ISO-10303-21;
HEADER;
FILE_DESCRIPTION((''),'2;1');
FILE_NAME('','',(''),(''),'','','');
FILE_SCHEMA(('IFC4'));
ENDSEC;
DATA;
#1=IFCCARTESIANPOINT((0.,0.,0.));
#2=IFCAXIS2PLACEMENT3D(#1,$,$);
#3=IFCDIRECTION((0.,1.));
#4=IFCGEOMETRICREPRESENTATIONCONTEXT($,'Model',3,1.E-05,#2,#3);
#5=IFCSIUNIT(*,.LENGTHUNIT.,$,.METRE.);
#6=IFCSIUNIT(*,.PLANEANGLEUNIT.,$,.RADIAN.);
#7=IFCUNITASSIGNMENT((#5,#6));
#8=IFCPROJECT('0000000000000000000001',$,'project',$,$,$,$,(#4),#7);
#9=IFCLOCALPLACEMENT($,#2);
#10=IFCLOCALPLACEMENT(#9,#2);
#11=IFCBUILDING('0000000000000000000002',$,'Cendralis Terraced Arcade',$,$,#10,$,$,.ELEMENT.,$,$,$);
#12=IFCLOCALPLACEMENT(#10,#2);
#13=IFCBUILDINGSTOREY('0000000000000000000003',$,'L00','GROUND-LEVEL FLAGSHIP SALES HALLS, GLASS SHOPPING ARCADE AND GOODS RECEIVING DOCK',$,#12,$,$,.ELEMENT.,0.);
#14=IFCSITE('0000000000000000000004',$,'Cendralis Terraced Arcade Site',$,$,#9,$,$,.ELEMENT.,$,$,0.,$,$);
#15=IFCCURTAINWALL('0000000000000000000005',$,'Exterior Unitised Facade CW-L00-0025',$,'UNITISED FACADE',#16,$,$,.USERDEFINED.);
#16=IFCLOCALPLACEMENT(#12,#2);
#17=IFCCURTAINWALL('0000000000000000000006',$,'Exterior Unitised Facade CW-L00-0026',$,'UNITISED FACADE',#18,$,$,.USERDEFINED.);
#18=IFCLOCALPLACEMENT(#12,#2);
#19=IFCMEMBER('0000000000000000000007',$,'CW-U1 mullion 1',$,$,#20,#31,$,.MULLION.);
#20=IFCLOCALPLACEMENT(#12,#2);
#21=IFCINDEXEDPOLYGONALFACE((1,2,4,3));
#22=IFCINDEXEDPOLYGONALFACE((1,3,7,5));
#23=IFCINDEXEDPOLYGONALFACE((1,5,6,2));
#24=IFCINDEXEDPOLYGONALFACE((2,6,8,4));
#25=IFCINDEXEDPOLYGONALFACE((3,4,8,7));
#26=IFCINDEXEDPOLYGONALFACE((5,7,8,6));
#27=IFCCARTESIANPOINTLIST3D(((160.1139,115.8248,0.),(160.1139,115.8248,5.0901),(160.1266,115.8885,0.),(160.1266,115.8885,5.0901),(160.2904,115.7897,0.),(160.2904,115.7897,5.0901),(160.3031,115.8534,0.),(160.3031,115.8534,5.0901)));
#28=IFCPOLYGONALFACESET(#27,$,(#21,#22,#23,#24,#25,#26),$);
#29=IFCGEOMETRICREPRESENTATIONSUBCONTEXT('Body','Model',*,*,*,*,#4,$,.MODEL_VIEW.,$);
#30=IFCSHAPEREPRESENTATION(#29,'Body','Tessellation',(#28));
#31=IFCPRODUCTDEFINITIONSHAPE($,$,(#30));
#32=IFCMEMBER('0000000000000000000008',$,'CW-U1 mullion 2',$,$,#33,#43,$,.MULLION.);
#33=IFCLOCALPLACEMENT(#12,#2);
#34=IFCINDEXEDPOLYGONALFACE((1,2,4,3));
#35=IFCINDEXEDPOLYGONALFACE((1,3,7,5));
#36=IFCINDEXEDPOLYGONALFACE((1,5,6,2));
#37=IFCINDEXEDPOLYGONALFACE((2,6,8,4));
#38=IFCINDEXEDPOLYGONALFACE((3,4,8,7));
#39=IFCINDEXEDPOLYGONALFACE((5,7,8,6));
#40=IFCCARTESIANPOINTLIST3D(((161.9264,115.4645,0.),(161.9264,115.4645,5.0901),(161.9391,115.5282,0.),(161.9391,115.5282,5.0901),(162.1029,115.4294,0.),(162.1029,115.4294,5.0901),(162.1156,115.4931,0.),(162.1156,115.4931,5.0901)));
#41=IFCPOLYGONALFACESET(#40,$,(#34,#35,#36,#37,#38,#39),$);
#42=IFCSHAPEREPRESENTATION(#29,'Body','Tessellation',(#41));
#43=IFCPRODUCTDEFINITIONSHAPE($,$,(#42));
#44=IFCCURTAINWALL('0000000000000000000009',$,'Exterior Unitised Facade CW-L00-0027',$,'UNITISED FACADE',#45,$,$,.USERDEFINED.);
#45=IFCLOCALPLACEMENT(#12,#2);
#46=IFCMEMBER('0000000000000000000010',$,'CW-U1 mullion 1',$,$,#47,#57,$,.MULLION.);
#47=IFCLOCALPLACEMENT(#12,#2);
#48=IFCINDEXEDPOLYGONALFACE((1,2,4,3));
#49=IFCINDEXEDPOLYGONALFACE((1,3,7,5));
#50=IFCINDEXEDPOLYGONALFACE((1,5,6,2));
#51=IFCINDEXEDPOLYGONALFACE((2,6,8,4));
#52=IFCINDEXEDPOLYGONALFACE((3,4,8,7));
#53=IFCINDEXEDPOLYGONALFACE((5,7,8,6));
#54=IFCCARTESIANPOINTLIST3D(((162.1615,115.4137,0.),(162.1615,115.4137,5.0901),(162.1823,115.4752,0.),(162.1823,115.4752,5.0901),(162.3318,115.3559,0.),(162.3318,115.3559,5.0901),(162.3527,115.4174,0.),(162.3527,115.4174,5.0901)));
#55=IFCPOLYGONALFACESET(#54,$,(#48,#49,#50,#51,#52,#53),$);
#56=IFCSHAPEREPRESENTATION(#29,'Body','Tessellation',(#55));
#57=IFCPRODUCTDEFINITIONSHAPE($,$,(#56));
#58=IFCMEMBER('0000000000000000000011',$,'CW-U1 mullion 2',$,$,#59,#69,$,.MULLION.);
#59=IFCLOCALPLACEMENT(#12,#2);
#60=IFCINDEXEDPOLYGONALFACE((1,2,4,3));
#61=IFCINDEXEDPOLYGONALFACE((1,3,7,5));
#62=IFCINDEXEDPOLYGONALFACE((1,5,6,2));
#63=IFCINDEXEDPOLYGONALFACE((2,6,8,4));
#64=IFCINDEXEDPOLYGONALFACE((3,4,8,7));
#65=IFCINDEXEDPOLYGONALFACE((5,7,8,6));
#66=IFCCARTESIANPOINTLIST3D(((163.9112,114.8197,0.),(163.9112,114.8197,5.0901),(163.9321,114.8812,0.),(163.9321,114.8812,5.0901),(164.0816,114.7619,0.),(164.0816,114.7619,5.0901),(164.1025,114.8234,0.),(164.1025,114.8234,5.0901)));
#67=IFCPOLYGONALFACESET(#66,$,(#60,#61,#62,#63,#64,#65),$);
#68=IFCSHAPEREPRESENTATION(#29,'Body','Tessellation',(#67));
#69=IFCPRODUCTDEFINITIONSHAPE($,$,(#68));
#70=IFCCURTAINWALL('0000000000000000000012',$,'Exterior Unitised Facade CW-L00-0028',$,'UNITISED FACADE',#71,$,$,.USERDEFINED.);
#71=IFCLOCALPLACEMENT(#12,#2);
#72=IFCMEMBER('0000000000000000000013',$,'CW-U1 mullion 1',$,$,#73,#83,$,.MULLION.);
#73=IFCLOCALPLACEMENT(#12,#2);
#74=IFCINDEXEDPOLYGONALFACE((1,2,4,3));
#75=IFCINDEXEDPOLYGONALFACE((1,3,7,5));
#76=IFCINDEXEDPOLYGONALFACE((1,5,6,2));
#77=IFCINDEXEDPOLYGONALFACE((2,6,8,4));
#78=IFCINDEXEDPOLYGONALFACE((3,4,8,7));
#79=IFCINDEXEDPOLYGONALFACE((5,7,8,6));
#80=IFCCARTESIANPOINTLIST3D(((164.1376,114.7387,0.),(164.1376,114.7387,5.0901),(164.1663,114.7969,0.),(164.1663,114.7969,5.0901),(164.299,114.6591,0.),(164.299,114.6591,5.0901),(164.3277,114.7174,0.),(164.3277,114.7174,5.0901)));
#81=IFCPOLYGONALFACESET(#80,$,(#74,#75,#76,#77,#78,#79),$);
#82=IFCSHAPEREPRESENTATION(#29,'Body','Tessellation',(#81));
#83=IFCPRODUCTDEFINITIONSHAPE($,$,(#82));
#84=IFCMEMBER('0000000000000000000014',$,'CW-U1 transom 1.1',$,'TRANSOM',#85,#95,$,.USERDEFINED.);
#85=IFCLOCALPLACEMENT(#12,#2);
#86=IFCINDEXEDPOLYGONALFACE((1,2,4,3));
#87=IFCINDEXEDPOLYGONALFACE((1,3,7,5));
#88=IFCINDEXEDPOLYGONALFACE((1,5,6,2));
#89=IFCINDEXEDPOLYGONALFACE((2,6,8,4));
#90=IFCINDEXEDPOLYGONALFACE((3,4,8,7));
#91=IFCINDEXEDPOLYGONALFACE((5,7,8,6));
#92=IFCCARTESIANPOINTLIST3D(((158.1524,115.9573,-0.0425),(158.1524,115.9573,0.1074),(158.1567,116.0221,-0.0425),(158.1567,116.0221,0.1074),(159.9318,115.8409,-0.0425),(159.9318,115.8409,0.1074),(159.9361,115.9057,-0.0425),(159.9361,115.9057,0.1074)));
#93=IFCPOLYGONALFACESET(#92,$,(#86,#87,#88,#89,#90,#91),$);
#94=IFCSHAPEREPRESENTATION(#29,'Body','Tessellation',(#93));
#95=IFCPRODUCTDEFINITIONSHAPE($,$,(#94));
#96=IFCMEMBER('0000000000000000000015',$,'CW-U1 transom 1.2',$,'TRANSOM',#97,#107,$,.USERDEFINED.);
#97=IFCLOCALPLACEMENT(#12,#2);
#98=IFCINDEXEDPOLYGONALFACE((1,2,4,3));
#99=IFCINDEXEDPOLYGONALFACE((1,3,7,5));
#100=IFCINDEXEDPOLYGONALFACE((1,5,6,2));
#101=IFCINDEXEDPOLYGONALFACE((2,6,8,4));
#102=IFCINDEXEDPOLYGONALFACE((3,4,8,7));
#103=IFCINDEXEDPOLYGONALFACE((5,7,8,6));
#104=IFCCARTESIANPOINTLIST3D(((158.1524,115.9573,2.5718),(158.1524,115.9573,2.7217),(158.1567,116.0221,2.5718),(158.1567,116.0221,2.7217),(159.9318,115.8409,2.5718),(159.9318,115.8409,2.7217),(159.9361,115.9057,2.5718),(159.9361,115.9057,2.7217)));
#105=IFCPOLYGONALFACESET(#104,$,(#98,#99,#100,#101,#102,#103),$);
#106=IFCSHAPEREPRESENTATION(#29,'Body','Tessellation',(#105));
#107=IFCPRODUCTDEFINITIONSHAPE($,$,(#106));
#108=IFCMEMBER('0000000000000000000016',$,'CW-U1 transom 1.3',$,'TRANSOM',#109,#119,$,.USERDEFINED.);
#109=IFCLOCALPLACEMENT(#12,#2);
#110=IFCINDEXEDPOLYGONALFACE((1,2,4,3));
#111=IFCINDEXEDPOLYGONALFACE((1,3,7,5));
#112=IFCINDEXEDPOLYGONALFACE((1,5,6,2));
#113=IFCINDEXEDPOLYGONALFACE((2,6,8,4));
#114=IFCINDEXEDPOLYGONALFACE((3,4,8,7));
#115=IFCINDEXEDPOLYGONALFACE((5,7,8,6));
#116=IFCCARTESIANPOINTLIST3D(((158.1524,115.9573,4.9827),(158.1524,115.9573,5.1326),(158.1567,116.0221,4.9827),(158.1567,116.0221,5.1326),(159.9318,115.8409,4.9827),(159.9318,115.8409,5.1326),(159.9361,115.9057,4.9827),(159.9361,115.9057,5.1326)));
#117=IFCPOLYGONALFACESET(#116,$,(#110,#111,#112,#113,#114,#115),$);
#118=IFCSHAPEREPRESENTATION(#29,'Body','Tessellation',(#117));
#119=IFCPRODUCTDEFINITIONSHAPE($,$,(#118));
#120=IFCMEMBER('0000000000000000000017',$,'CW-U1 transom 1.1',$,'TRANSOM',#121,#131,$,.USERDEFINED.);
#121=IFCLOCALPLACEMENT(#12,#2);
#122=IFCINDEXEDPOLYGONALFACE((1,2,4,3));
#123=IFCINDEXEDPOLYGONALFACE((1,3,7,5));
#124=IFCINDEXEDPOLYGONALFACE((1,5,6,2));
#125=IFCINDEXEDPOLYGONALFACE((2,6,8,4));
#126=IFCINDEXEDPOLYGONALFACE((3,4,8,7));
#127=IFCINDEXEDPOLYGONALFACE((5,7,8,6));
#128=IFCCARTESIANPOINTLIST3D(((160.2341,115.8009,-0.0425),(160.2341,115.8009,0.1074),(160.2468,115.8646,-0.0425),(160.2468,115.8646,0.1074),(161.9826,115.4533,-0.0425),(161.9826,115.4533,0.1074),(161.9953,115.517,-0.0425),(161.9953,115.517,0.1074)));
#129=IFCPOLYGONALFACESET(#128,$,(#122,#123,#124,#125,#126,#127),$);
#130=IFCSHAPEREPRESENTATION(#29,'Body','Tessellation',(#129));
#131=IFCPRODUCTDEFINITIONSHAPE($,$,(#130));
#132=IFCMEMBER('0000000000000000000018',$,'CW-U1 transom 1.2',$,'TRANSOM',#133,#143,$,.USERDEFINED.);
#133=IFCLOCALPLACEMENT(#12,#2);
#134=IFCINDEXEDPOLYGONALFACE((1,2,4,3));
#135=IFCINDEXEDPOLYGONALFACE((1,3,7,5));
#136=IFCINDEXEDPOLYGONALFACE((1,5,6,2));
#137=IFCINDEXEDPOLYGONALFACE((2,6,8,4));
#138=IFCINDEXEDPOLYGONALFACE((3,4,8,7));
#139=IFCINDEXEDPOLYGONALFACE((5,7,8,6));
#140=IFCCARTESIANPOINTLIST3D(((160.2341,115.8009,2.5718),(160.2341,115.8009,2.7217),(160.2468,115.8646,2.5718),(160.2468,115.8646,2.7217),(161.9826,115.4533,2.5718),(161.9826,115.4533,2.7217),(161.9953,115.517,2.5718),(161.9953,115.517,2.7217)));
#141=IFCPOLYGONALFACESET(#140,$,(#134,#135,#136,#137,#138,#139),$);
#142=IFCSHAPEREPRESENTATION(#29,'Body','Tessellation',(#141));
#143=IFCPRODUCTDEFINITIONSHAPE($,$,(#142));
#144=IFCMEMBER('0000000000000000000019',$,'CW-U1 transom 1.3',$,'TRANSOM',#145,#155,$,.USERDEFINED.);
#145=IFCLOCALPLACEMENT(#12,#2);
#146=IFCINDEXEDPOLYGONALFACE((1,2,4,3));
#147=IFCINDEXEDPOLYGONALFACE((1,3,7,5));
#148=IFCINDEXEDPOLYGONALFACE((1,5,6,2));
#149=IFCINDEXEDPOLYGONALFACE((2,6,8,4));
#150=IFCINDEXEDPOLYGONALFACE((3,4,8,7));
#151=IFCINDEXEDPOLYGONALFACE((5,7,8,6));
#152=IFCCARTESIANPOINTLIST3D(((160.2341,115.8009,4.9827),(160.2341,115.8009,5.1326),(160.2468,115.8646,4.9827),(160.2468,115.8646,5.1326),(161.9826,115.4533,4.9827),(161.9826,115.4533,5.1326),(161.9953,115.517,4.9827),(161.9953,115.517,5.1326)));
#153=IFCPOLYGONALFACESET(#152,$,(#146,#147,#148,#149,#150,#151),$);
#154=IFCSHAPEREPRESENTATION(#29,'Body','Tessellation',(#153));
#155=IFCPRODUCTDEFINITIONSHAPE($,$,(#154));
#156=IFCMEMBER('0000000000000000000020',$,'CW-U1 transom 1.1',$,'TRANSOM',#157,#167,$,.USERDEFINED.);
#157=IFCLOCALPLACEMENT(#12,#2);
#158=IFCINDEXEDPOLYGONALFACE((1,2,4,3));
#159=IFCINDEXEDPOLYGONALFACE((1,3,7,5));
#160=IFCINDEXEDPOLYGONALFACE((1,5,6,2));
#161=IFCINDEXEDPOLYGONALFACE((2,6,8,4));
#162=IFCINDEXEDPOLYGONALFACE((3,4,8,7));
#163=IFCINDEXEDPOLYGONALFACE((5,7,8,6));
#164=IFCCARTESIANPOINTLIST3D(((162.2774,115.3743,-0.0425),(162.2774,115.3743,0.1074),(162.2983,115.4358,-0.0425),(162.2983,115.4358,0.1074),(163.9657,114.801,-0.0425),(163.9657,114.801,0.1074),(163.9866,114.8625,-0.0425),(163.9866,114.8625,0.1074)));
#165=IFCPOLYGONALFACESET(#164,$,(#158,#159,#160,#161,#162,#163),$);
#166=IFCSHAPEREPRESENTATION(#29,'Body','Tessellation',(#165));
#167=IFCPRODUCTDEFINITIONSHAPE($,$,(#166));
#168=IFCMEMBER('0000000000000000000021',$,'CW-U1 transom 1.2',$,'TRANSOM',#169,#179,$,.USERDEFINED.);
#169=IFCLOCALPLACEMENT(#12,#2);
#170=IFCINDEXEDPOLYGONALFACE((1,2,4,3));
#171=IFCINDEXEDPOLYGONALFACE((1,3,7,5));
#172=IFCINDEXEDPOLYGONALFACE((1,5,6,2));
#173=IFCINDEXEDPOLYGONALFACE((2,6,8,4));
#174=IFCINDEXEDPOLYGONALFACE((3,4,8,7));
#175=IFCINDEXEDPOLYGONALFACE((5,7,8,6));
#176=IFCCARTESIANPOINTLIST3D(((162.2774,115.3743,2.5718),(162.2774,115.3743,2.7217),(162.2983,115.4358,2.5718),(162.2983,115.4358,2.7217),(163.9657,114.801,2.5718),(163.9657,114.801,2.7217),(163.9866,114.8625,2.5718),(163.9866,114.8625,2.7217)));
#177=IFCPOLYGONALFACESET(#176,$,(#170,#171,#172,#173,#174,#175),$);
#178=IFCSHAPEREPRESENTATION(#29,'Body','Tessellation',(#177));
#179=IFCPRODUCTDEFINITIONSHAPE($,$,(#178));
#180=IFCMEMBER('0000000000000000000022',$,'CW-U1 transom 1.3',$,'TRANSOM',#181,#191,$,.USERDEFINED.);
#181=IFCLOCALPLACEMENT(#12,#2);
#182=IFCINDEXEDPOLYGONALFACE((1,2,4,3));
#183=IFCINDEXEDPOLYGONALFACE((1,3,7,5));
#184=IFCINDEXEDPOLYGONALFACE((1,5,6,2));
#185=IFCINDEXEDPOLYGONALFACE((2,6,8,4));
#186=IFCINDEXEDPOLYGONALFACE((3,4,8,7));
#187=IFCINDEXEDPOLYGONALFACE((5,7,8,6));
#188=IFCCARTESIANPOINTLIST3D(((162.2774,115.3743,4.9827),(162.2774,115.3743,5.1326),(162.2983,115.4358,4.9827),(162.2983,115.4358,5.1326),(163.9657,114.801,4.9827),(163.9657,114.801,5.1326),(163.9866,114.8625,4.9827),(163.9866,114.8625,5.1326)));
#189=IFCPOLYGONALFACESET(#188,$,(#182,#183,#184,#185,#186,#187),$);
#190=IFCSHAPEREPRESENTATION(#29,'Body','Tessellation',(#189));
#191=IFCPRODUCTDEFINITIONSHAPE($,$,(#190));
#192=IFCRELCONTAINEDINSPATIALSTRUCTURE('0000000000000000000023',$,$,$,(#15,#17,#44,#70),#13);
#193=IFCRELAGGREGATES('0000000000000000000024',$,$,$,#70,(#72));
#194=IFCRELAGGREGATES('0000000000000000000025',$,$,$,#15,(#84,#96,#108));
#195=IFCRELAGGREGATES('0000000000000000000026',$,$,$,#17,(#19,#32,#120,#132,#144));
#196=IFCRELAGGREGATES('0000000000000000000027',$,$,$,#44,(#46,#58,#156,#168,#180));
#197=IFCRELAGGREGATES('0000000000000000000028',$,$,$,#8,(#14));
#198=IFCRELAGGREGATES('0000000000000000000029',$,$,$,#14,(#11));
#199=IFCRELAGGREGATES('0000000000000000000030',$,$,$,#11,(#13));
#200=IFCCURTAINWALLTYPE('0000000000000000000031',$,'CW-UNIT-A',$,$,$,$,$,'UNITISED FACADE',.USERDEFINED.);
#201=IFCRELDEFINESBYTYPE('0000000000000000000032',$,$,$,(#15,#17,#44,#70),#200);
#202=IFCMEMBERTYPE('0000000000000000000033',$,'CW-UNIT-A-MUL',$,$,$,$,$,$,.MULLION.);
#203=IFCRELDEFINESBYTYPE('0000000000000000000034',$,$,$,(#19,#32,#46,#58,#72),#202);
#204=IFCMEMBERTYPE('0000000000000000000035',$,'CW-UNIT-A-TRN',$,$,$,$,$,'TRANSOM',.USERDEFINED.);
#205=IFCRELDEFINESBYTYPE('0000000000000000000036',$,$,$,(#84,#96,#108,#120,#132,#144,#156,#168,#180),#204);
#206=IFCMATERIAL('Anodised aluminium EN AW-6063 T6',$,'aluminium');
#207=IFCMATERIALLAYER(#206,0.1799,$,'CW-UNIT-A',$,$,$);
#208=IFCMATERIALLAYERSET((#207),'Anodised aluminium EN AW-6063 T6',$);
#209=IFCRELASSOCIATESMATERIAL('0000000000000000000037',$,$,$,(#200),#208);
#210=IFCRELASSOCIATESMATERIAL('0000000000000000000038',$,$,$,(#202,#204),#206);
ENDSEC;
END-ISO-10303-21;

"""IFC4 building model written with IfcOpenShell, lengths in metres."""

from ifc_helpers import new_model, si_unit, direction, frame, origin, origin_2d, place, context, subcontext, project, spatial, rectangle, extrude, material, layer, layer_set, material_profile, profile_set, type_object, element, aggregate, save


model = new_model("IFC4")

# Units and contexts
model_context = context("Model", 3, precision=1e-05, world=origin(), true_north=direction((0.0, 1.0)))
body_context = subcontext(model_context, "Body", "Model", "MODEL_VIEW")
ifc_project = project(units=[si_unit("LENGTHUNIT", "METRE"), si_unit("PLANEANGLEUNIT", "RADIAN")], contexts=[model_context])

# Site, building, storey
site_placement = place(None, origin())
site = spatial("IfcSite", under=ifc_project, at=site_placement, Name="Cendralis Terraced Arcade Site", CompositionType="ELEMENT", RefElevation=0.0)
building_placement = place(site_placement, origin())
building = spatial("IfcBuilding", under=site, at=building_placement, Name="Cendralis Terraced Arcade", CompositionType="ELEMENT")
storey_placement = place(building_placement, origin())
storey = spatial("IfcBuildingStorey", under=building, at=storey_placement, Name="L00", Description="GROUND-LEVEL FLAGSHIP SALES HALLS, GLASS SHOPPING ARCADE AND GOODS RECEIVING DOCK", CompositionType="ELEMENT", Elevation=0.0)

# Curtain walls, members
ifc_material_1 = material(Name="Anodised aluminium EN AW-6063 T6", Category="aluminium")
ifc_layer_1 = layer(ifc_material_1, 0.1799, Name="CW-UNIT-A")
ifc_layer_set_1 = layer_set([ifc_layer_1], Name="Anodised aluminium EN AW-6063 T6")
curtain_wall_type = type_object("IfcCurtainWallType", Name="CW-UNIT-A", ElementType="UNITISED FACADE", PredefinedType="USERDEFINED", material=ifc_layer_set_1)
curtain_wall_1_placement = place(storey_placement, origin())
curtain_wall_1 = element("IfcCurtainWall", 1, at=curtain_wall_1_placement, inside=storey, type_object=curtain_wall_type, Name="Exterior Unitised Facade CW-L00-0025", ObjectType="UNITISED FACADE", PredefinedType="USERDEFINED")
ifc_material_profile_1 = material_profile(ifc_material_1, rectangle(XDim=0.0649, YDim=0.1799, at=origin_2d()), Name="ALU-MUL-65x180")
ifc_profile_set_1 = profile_set([ifc_material_profile_1], Name="Anodised aluminium EN AW-6063 T6")
member_type_1 = type_object("IfcMemberType", Name="CW-UNIT-A-MUL", PredefinedType="MULLION", material=ifc_profile_set_1)
curtain_wall_2_placement = place(storey_placement, origin())
curtain_wall_2 = element("IfcCurtainWall", 2, at=curtain_wall_2_placement, inside=storey, type_object=curtain_wall_type, Name="Exterior Unitised Facade CW-L00-0026", ObjectType="UNITISED FACADE", PredefinedType="USERDEFINED")
member_1_placement = place(storey_placement, frame((160.2085, 115.8391, 0.0), z_axis=(0.0, 0.0, 1.0), x_axis=(0.19505, 0.980793, 0.0)))
member_1 = element("IfcMember", 3, at=member_1_placement, type_object=member_type_1, Name="CW-U1 mullion 1", PredefinedType="MULLION", context=body_context, shape_type="SweptSolid", body=[
    extrude(rectangle(XDim=0.0649, YDim=0.1799, at=origin_2d()), origin(), (0.0, 0.0, 1.0), 5.0901),
])
member_2_placement = place(storey_placement, frame((162.021, 115.4788, 0.0), z_axis=(0.0, 0.0, 1.0), x_axis=(0.19505, 0.980793, 0.0)))
member_2 = element("IfcMember", 4, at=member_2_placement, type_object=member_type_1, Name="CW-U1 mullion 2", PredefinedType="MULLION", context=body_context, shape_type="SweptSolid", body=[
    extrude(rectangle(XDim=0.0649, YDim=0.1799, at=origin_2d()), origin(), (0.0, 0.0, 1.0), 5.0901),
])
curtain_wall_3_placement = place(storey_placement, origin())
curtain_wall_3 = element("IfcCurtainWall", 5, at=curtain_wall_3_placement, inside=storey, type_object=curtain_wall_type, Name="Exterior Unitised Facade CW-L00-0027", ObjectType="UNITISED FACADE", PredefinedType="USERDEFINED")
member_3_placement = place(storey_placement, frame((162.2571, 115.4155, 0.0), z_axis=(0.0, 0.0, 1.0), x_axis=(0.321445, 0.946928, 0.0)))
member_3 = element("IfcMember", 6, at=member_3_placement, type_object=member_type_1, Name="CW-U1 mullion 1", PredefinedType="MULLION", context=body_context, shape_type="SweptSolid", body=[
    extrude(rectangle(XDim=0.0649, YDim=0.1799, at=origin_2d()), origin(), (0.0, 0.0, 1.0), 5.0901),
])
member_4_placement = place(storey_placement, frame((164.0068, 114.8215, 0.0), z_axis=(0.0, 0.0, 1.0), x_axis=(0.321445, 0.946928, 0.0)))
member_4 = element("IfcMember", 7, at=member_4_placement, type_object=member_type_1, Name="CW-U1 mullion 2", PredefinedType="MULLION", context=body_context, shape_type="SweptSolid", body=[
    extrude(rectangle(XDim=0.0649, YDim=0.1799, at=origin_2d()), origin(), (0.0, 0.0, 1.0), 5.0901),
])

# Curtain wall, member
curtain_wall_4_placement = place(storey_placement, origin())
curtain_wall_4 = element("IfcCurtainWall", 8, at=curtain_wall_4_placement, inside=storey, type_object=curtain_wall_type, Name="Exterior Unitised Facade CW-L00-0028", ObjectType="UNITISED FACADE", PredefinedType="USERDEFINED")
member_5_placement = place(storey_placement, frame((164.2327, 114.728, 0.0), z_axis=(0.0, 0.0, 1.0), x_axis=(0.442293, 0.896871, 0.0)))
member_5 = element("IfcMember", 9, at=member_5_placement, type_object=member_type_1, Name="CW-U1 mullion 1", PredefinedType="MULLION", context=body_context, shape_type="SweptSolid", body=[
    extrude(rectangle(XDim=0.0649, YDim=0.1799, at=origin_2d()), origin(), (0.0, 0.0, 1.0), 5.0901),
])

# Members
ifc_material_profile_2 = material_profile(ifc_material_1, rectangle(XDim=0.0649, YDim=0.1499, at=origin_2d()), Name="ALU-TRN-65x150")
ifc_profile_set_2 = profile_set([ifc_material_profile_2], Name="Anodised aluminium EN AW-6063 T6")
member_type_2 = type_object("IfcMemberType", Name="CW-UNIT-A-TRN", ElementType="TRANSOM", PredefinedType="USERDEFINED", material=ifc_profile_set_2)
member_6_placement = place(storey_placement, frame((158.1545, 115.9897, 0.0325), z_axis=(0.997865, -0.06531, 0.0), x_axis=(0.06531, 0.997865, 0.0)))
member_6 = element("IfcMember", 10, at=member_6_placement, type_object=member_type_2, Name="CW-U1 transom 1.1", ObjectType="TRANSOM", PredefinedType="USERDEFINED", context=body_context, shape_type="SweptSolid", body=[
    extrude(rectangle(XDim=0.0649, YDim=0.1499, at=origin_2d()), origin(), (0.0, 0.0, 1.0), 1.7832),
])
member_7_placement = place(storey_placement, frame((158.1545, 115.9897, 2.6467), z_axis=(0.997865, -0.06531, 0.0), x_axis=(0.06531, 0.997865, 0.0)))
member_7 = element("IfcMember", 11, at=member_7_placement, type_object=member_type_2, Name="CW-U1 transom 1.2", ObjectType="TRANSOM", PredefinedType="USERDEFINED", context=body_context, shape_type="SweptSolid", body=[
    extrude(rectangle(XDim=0.0649, YDim=0.1499, at=origin_2d()), origin(), (0.0, 0.0, 1.0), 1.7832),
])
member_8_placement = place(storey_placement, frame((158.1545, 115.9897, 5.0576), z_axis=(0.997865, -0.06531, 0.0), x_axis=(0.06531, 0.997865, 0.0)))
member_8 = element("IfcMember", 12, at=member_8_placement, type_object=member_type_2, Name="CW-U1 transom 1.3", ObjectType="TRANSOM", PredefinedType="USERDEFINED", context=body_context, shape_type="SweptSolid", body=[
    extrude(rectangle(XDim=0.0649, YDim=0.1499, at=origin_2d()), origin(), (0.0, 0.0, 1.0), 1.7832),
])
member_9_placement = place(storey_placement, frame((160.2405, 115.8328, 0.0325), z_axis=(0.980801, -0.19501, 0.0), x_axis=(0.19501, 0.980801, 0.0)))
member_9 = element("IfcMember", 13, at=member_9_placement, type_object=member_type_2, Name="CW-U1 transom 1.1", ObjectType="TRANSOM", PredefinedType="USERDEFINED", context=body_context, shape_type="SweptSolid", body=[
    extrude(rectangle(XDim=0.0649, YDim=0.1499, at=origin_2d()), origin(), (0.0, 0.0, 1.0), 1.7827),
])
member_10_placement = place(storey_placement, frame((160.2405, 115.8328, 2.6467), z_axis=(0.980801, -0.19501, 0.0), x_axis=(0.19501, 0.980801, 0.0)))
member_10 = element("IfcMember", 14, at=member_10_placement, type_object=member_type_2, Name="CW-U1 transom 1.2", ObjectType="TRANSOM", PredefinedType="USERDEFINED", context=body_context, shape_type="SweptSolid", body=[
    extrude(rectangle(XDim=0.0649, YDim=0.1499, at=origin_2d()), origin(), (0.0, 0.0, 1.0), 1.7827),
])
member_11_placement = place(storey_placement, frame((160.2405, 115.8328, 5.0576), z_axis=(0.980801, -0.19501, 0.0), x_axis=(0.19501, 0.980801, 0.0)))
member_11 = element("IfcMember", 15, at=member_11_placement, type_object=member_type_2, Name="CW-U1 transom 1.3", ObjectType="TRANSOM", PredefinedType="USERDEFINED", context=body_context, shape_type="SweptSolid", body=[
    extrude(rectangle(XDim=0.0649, YDim=0.1499, at=origin_2d()), origin(), (0.0, 0.0, 1.0), 1.7827),
])
member_12_placement = place(storey_placement, frame((162.2878, 115.405, 0.0325), z_axis=(0.946902, -0.321522, 0.0), x_axis=(0.321522, 0.946902, 0.0)))
member_12 = element("IfcMember", 16, at=member_12_placement, type_object=member_type_2, Name="CW-U1 transom 1.1", ObjectType="TRANSOM", PredefinedType="USERDEFINED", context=body_context, shape_type="SweptSolid", body=[
    extrude(rectangle(XDim=0.0649, YDim=0.1499, at=origin_2d()), origin(), (0.0, 0.0, 1.0), 1.783),
])
member_13_placement = place(storey_placement, frame((162.2878, 115.405, 2.6467), z_axis=(0.946902, -0.321522, 0.0), x_axis=(0.321522, 0.946902, 0.0)))
member_13 = element("IfcMember", 17, at=member_13_placement, type_object=member_type_2, Name="CW-U1 transom 1.2", ObjectType="TRANSOM", PredefinedType="USERDEFINED", context=body_context, shape_type="SweptSolid", body=[
    extrude(rectangle(XDim=0.0649, YDim=0.1499, at=origin_2d()), origin(), (0.0, 0.0, 1.0), 1.783),
])
member_14_placement = place(storey_placement, frame((162.2878, 115.405, 5.0576), z_axis=(0.946902, -0.321522, 0.0), x_axis=(0.321522, 0.946902, 0.0)))
member_14 = element("IfcMember", 18, at=member_14_placement, type_object=member_type_2, Name="CW-U1 transom 1.3", ObjectType="TRANSOM", PredefinedType="USERDEFINED", context=body_context, shape_type="SweptSolid", body=[
    extrude(rectangle(XDim=0.0649, YDim=0.1499, at=origin_2d()), origin(), (0.0, 0.0, 1.0), 1.783),
])
aggregate(curtain_wall_4, [member_5])

aggregate(curtain_wall_1, [member_6, member_7, member_8])
aggregate(curtain_wall_2, [member_1, member_2, member_9, member_10, member_11])
aggregate(curtain_wall_3, [member_3, member_4, member_12, member_13, member_14])

save(model, "model.ifc")
